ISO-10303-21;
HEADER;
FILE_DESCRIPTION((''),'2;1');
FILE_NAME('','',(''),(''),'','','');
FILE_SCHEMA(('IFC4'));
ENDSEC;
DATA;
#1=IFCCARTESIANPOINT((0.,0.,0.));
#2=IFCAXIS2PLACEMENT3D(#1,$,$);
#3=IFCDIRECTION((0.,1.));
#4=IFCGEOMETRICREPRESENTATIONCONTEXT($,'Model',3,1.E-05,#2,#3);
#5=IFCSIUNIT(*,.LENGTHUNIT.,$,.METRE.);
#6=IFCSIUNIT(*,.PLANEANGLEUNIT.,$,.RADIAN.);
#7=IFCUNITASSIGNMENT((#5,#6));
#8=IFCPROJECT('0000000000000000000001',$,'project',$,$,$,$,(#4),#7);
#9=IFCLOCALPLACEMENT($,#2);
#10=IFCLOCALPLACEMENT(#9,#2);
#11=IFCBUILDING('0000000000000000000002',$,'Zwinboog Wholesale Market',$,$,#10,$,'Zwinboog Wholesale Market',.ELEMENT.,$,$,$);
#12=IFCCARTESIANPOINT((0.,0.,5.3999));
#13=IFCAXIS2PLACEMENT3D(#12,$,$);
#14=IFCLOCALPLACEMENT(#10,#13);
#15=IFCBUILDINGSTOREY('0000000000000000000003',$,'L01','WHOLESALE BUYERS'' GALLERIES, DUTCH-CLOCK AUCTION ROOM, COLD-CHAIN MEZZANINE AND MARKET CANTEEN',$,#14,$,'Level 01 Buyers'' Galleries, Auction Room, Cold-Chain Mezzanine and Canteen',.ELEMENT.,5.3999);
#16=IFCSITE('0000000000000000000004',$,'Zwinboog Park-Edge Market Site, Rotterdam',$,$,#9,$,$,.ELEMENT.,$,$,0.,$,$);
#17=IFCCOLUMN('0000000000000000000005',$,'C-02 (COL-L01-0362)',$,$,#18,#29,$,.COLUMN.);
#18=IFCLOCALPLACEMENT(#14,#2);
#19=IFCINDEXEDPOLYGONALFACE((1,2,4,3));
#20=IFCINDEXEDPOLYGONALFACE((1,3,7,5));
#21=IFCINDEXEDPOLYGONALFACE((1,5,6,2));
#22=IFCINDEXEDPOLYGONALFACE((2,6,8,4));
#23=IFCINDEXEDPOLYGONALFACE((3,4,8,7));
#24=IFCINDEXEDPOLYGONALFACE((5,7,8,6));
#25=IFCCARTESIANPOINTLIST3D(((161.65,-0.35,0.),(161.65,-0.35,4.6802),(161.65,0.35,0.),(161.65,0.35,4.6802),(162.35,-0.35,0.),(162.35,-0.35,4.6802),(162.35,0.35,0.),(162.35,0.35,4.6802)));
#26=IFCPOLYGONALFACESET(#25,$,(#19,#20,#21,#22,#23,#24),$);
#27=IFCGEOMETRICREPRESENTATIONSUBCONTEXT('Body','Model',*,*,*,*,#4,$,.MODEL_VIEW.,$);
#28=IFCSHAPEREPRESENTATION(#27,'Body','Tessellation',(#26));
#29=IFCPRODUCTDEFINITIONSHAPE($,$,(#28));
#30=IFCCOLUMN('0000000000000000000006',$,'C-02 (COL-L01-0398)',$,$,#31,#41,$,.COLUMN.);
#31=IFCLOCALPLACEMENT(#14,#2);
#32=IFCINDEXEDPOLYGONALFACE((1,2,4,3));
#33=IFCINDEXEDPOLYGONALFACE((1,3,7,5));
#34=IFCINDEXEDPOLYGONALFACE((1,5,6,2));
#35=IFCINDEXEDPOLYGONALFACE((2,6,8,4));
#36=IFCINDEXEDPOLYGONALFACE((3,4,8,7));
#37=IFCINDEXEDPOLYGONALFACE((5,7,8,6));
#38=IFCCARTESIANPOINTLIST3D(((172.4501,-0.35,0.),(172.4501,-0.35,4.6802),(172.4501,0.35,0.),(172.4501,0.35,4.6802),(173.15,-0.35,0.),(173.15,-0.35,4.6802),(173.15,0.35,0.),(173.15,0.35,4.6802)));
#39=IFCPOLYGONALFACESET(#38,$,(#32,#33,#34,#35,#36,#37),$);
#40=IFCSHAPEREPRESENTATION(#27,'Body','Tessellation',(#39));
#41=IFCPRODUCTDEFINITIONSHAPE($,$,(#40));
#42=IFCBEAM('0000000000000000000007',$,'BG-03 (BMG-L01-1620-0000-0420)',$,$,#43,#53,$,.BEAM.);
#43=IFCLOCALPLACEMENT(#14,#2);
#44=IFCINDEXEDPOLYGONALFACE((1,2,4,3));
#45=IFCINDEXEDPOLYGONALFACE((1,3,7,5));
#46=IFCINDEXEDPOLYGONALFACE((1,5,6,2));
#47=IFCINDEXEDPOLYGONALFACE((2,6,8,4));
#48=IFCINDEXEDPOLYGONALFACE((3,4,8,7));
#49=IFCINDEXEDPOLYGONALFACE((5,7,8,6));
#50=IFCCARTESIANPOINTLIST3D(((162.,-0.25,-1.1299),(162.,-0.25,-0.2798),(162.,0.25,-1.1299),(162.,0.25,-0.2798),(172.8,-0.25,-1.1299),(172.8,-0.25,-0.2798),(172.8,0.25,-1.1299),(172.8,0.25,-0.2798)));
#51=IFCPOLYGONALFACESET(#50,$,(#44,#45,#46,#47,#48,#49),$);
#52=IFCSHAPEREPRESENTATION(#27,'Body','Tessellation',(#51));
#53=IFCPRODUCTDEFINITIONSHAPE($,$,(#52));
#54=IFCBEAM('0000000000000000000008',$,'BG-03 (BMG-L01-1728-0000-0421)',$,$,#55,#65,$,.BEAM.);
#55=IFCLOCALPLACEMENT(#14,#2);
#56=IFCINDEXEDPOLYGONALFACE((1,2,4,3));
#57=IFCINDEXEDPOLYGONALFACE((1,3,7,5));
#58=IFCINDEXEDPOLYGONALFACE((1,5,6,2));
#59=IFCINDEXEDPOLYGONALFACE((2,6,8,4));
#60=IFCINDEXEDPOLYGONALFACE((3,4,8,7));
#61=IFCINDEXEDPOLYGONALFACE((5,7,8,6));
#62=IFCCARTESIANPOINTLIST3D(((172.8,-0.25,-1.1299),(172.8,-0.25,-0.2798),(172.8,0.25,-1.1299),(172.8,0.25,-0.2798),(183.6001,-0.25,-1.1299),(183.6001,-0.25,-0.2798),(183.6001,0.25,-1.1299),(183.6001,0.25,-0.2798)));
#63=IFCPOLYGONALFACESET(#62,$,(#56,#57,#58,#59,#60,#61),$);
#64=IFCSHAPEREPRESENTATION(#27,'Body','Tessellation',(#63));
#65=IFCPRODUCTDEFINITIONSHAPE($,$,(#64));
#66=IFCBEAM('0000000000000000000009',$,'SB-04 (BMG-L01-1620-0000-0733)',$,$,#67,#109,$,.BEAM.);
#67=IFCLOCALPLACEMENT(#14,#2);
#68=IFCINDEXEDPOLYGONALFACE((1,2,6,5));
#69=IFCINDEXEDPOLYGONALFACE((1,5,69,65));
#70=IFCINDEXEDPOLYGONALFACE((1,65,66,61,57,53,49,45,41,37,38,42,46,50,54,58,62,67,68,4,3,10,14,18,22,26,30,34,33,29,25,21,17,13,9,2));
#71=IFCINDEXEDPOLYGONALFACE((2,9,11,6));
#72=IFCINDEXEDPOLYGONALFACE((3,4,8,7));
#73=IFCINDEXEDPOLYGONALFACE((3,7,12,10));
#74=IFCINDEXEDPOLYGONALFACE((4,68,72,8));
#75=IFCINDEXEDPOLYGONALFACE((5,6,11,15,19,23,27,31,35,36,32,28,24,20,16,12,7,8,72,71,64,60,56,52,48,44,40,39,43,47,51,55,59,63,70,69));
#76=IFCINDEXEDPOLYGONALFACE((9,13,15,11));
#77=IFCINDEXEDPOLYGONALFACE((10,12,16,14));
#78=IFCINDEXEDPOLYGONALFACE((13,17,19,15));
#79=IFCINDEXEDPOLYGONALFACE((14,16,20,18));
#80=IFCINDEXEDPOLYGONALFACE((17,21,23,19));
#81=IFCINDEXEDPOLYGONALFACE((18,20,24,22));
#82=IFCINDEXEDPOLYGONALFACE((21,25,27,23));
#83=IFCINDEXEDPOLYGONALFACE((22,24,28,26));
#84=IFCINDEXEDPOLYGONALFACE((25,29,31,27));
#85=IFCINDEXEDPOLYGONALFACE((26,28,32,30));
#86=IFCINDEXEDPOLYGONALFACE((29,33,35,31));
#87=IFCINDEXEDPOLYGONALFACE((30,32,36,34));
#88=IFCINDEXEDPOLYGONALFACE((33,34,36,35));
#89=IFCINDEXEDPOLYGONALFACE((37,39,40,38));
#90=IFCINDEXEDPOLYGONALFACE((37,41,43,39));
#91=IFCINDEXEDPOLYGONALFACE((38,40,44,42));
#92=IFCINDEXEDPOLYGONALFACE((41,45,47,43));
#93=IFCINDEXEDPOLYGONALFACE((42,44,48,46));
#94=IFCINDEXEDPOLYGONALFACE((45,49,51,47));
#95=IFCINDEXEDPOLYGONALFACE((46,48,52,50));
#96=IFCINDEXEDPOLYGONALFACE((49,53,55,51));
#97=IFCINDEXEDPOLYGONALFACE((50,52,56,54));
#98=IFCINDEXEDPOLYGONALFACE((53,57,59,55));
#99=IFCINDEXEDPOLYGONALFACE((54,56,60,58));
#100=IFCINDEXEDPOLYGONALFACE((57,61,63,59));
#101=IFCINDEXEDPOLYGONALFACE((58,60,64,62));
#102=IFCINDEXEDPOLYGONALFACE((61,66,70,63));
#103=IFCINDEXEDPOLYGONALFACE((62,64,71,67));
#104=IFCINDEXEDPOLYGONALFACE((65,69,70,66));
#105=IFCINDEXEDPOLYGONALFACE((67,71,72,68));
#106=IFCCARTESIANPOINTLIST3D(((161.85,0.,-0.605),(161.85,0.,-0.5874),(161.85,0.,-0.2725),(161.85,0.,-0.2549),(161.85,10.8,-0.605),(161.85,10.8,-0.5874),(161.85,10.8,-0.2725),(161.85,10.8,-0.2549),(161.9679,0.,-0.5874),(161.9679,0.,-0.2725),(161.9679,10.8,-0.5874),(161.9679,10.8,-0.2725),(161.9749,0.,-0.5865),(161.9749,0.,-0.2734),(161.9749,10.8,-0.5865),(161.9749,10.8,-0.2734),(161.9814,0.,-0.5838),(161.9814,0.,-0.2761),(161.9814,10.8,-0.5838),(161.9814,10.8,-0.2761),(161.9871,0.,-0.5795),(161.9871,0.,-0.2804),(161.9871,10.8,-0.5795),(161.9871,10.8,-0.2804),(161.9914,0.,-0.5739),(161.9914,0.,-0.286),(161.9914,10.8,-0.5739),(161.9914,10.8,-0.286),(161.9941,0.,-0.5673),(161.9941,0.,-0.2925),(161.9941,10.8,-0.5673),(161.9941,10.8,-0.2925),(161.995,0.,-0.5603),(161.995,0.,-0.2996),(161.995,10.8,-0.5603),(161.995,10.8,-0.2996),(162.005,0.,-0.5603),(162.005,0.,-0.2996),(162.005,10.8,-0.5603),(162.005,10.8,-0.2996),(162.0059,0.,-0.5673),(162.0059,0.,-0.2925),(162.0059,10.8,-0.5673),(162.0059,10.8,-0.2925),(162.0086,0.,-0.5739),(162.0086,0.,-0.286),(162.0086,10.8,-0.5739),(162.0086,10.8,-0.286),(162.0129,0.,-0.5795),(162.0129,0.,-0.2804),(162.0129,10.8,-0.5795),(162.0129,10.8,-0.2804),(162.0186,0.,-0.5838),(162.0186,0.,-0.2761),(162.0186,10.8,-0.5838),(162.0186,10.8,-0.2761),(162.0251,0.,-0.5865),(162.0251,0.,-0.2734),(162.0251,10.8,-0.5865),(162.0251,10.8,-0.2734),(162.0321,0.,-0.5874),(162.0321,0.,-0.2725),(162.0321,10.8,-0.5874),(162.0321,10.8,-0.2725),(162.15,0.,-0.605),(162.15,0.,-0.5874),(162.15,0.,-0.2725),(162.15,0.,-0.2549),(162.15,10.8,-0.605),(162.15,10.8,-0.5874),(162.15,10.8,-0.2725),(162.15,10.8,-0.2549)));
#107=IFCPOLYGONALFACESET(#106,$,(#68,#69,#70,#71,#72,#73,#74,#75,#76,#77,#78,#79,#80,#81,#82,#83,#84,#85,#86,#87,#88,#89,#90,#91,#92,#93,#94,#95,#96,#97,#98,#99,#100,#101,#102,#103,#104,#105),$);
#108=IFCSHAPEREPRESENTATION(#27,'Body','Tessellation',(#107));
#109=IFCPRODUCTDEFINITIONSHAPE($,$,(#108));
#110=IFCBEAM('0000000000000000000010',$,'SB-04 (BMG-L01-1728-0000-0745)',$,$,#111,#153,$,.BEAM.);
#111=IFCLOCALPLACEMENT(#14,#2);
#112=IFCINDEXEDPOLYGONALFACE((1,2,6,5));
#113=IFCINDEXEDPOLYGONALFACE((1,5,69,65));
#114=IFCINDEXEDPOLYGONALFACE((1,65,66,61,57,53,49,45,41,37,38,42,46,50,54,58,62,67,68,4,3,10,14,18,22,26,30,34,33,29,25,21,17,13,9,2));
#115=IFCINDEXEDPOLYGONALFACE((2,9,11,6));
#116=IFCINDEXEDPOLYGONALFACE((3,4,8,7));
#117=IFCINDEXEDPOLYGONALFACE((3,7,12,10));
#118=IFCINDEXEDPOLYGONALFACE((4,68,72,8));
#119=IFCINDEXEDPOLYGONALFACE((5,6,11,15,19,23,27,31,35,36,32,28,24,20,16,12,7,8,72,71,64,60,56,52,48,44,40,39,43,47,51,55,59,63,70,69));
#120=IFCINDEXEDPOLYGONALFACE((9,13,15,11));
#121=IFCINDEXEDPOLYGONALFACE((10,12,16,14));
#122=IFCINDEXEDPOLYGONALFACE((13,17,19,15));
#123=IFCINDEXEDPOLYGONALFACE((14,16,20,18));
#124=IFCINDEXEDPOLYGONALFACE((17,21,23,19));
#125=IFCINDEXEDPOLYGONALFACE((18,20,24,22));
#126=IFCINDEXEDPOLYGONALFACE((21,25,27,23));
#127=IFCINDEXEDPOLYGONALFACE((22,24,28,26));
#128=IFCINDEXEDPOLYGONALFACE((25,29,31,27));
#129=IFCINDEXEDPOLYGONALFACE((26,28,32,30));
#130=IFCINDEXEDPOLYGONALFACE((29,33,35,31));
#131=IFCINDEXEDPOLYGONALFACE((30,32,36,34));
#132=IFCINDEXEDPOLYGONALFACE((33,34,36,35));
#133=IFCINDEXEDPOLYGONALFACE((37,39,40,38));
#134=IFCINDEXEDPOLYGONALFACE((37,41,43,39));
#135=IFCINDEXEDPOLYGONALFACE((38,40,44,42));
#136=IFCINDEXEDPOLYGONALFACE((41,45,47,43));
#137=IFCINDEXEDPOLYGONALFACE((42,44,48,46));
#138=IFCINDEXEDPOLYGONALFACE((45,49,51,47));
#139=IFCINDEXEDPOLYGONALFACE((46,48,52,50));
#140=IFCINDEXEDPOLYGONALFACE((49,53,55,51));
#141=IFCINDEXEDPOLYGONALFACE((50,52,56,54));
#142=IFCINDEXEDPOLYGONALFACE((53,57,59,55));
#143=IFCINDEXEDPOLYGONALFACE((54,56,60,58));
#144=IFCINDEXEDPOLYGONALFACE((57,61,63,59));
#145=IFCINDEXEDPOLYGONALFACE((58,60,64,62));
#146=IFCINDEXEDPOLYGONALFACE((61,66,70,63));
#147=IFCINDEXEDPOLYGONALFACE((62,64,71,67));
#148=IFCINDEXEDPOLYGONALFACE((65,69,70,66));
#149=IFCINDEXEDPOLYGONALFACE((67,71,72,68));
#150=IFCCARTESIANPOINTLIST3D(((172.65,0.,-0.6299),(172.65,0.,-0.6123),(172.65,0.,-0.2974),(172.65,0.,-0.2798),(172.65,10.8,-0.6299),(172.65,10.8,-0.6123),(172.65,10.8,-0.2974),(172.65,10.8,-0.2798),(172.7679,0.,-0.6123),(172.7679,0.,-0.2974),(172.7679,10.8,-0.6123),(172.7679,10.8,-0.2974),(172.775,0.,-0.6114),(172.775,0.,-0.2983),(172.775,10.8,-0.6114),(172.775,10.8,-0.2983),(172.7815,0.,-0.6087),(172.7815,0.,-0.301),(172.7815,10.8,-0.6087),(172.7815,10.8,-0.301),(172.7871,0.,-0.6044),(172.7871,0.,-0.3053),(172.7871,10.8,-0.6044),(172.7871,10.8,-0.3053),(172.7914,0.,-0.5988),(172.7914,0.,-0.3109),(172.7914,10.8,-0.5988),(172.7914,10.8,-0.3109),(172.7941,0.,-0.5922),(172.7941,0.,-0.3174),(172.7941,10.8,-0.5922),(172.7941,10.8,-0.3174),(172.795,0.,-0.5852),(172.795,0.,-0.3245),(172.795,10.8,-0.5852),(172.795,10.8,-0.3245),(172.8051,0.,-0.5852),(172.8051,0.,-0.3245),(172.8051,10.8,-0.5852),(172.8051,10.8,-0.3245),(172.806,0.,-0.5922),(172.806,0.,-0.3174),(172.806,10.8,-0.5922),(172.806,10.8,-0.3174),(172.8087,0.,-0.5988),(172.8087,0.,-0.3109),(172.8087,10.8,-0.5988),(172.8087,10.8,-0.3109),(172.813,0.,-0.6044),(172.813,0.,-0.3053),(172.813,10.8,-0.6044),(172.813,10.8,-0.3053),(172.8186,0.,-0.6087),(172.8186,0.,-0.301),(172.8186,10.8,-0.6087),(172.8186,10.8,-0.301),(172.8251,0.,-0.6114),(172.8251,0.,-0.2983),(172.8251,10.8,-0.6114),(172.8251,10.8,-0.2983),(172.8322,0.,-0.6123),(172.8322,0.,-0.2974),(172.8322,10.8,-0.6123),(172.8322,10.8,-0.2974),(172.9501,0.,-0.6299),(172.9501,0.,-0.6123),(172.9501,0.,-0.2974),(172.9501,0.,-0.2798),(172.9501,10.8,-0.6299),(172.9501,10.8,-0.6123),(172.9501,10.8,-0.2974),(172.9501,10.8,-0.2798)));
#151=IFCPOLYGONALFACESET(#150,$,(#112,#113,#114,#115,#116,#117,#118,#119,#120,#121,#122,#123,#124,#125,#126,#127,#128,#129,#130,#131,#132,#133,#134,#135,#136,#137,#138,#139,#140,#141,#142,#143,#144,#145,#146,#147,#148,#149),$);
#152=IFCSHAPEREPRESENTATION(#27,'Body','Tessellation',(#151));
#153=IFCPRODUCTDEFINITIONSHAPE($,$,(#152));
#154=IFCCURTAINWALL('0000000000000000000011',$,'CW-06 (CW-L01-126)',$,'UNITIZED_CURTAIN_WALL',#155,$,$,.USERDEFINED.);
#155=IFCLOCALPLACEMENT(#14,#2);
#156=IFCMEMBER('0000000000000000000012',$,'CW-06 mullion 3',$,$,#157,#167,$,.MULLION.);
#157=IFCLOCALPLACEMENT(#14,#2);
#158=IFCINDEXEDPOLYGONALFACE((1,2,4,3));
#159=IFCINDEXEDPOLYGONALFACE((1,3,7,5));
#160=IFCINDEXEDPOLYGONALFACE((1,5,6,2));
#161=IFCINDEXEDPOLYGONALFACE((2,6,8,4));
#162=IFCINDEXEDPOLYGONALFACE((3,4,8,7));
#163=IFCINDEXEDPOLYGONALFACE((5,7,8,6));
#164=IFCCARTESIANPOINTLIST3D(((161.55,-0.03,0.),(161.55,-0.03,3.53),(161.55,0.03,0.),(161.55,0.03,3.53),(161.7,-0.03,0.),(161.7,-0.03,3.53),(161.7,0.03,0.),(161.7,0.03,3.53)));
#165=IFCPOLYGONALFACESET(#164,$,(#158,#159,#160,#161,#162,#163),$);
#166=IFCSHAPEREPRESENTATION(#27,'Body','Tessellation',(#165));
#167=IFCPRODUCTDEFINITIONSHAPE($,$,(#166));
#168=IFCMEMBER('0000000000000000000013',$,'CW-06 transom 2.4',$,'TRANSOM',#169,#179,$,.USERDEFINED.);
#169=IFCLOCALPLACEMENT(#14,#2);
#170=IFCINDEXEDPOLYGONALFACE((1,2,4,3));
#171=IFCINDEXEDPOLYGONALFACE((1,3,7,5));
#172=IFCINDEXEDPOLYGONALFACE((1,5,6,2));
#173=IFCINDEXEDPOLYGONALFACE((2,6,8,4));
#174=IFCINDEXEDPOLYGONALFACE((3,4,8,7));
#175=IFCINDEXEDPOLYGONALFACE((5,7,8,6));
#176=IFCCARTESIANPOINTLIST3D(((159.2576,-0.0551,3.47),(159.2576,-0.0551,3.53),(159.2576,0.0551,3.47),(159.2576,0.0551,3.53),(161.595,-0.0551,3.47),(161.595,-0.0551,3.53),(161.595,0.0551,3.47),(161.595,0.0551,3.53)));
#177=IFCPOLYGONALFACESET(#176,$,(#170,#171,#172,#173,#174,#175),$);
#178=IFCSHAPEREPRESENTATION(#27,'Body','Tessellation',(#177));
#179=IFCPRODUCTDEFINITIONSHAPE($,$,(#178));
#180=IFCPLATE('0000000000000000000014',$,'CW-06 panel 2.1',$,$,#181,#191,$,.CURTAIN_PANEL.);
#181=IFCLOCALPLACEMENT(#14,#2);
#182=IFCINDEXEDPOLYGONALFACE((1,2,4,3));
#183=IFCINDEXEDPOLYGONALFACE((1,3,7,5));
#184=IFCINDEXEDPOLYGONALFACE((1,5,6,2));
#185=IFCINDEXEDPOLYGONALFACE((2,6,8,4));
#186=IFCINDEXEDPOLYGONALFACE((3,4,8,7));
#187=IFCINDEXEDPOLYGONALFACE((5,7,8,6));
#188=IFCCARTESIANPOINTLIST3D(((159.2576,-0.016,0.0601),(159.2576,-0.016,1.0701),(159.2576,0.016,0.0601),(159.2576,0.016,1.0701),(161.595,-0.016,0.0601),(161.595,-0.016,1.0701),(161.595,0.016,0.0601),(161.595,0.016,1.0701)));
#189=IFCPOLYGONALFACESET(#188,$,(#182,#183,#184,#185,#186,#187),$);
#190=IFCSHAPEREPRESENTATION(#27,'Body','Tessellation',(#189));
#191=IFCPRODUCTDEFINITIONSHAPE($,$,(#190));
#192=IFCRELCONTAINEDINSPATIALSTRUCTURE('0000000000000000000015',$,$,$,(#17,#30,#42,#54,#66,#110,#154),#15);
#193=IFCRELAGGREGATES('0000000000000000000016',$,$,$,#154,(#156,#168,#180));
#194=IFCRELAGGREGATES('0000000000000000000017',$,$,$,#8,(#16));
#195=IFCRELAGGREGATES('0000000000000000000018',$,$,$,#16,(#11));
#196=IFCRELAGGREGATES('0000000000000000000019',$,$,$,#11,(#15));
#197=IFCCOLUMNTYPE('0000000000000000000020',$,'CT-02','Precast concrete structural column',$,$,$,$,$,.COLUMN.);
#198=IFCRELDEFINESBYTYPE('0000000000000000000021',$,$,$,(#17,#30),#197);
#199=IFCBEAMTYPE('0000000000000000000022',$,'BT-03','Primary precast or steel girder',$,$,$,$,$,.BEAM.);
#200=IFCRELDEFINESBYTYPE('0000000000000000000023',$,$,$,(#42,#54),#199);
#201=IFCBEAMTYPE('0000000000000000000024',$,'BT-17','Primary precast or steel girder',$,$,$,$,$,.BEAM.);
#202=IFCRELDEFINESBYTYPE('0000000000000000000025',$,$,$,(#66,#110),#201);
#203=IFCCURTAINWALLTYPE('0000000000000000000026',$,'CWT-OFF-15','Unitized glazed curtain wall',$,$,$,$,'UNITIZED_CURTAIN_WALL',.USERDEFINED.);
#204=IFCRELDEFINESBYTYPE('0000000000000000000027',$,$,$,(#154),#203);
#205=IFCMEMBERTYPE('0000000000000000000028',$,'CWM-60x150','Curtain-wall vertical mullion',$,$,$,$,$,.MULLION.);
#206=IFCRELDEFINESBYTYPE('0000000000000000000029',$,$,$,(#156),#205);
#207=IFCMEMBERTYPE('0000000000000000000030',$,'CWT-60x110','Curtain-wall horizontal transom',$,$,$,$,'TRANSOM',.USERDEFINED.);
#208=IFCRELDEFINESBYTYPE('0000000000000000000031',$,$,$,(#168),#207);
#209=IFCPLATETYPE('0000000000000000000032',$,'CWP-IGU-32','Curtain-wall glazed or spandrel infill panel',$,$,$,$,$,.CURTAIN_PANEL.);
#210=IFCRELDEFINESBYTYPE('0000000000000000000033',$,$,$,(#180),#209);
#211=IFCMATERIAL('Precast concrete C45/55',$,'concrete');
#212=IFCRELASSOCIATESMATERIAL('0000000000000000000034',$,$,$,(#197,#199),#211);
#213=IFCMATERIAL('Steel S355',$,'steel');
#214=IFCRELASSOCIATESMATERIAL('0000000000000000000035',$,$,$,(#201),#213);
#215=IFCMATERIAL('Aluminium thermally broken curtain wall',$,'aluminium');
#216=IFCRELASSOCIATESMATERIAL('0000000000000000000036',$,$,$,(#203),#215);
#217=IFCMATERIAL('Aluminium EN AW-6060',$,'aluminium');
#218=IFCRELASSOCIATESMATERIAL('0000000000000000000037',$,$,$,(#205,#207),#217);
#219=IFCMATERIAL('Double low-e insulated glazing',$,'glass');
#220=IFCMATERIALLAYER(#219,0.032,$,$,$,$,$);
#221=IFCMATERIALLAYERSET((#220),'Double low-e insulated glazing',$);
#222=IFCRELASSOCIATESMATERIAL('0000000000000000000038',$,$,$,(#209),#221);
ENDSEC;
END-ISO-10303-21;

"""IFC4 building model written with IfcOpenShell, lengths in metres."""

from ifc_helpers import new_model, si_unit, direction, frame, origin, origin_2d, place, context, subcontext, project, spatial, rectangle, i_section, extrude, material, layer, layer_set, material_profile, profile_set, type_object, element, aggregate, save


model = new_model("IFC4")

# Units and contexts
model_context = context("Model", 3, precision=1e-05, world=origin(), true_north=direction((0.0, 1.0)))
body_context = subcontext(model_context, "Body", "Model", "MODEL_VIEW")
ifc_project = project(units=[si_unit("LENGTHUNIT", "METRE"), si_unit("PLANEANGLEUNIT", "RADIAN")], contexts=[model_context])

# Site, building, storey
site_placement = place(None, origin())
site = spatial("IfcSite", under=ifc_project, at=site_placement, Name="Zwinboog Park-Edge Market Site, Rotterdam", CompositionType="ELEMENT", RefElevation=0.0)
building_placement = place(site_placement, origin())
building = spatial("IfcBuilding", under=site, at=building_placement, Name="Zwinboog Wholesale Market", LongName="Zwinboog Wholesale Market", CompositionType="ELEMENT")
storey_placement = place(building_placement, frame((0.0, 0.0, 5.3999)))
storey = spatial("IfcBuildingStorey", under=building, at=storey_placement, Name="L01", Description="WHOLESALE BUYERS' GALLERIES, DUTCH-CLOCK AUCTION ROOM, COLD-CHAIN MEZZANINE AND MARKET CANTEEN", LongName="Level 01 Buyers' Galleries, Auction Room, Cold-Chain Mezzanine and Canteen", CompositionType="ELEMENT", Elevation=5.3999)

# Columns
ifc_material_1 = material(Name="Precast concrete C45/55", Category="concrete")
ifc_material_profile_1 = material_profile(ifc_material_1, rectangle(XDim=0.7, YDim=0.7, at=origin_2d()), Name="PC 700x700")
ifc_profile_set_1 = profile_set([ifc_material_profile_1], Name="Precast concrete C45/55")
column_type = type_object("IfcColumnType", Name="CT-02", Description="Precast concrete structural column", PredefinedType="COLUMN", material=ifc_profile_set_1)
for number, where, z_axis, x_axis, name in (
    (1, (162.0, 0.0, 0.0), (0.0, 0.0, 1.0), (1.0, 0.0, 0.0), "C-02 (COL-L01-0362)"),
    (2, (172.8, 0.0, 0.0), (0.0, 0.0, 1.0), (1.0, 0.0, 0.0), "C-02 (COL-L01-0398)"),
):
    element("IfcColumn", number, at=place(storey_placement, frame(where, z_axis=z_axis, x_axis=x_axis)), inside=storey, type_object=column_type, Name=name, PredefinedType="COLUMN", context=body_context, shape_type="SweptSolid", body=[
        extrude(rectangle(XDim=0.7, YDim=0.7, at=origin_2d()), origin(), (0.0, 0.0, 1.0), 4.6802),
    ])

# Beams
ifc_material_profile_2 = material_profile(ifc_material_1, rectangle(XDim=0.5, YDim=0.8501, at=origin_2d()), Name="PC 500x850")
ifc_profile_set_2 = profile_set([ifc_material_profile_2], Name="Precast concrete C45/55")
beam_type_1 = type_object("IfcBeamType", Name="BT-03", Description="Primary precast or steel girder", PredefinedType="BEAM", material=ifc_profile_set_2)
for number, where, z_axis, x_axis, name in (
    (3, (162.0, 0.0, -0.7048), (1.0, 0.0, 0.0), (0.0, 1.0, 0.0), "BG-03 (BMG-L01-1620-0000-0420)"),
    (4, (172.8, 0.0, -0.7048), (1.0, 0.0, 0.0), (0.0, 1.0, 0.0), "BG-03 (BMG-L01-1728-0000-0421)"),
):
    element("IfcBeam", number, at=place(storey_placement, frame(where, z_axis=z_axis, x_axis=x_axis)), inside=storey, type_object=beam_type_1, Name=name, PredefinedType="BEAM", context=body_context, shape_type="SweptSolid", body=[
        extrude(rectangle(XDim=0.5, YDim=0.8501, at=origin_2d()), origin(), (0.0, 0.0, 1.0), 10.8),
    ])
ifc_material_2 = material(Name="Steel S355", Category="steel")
ifc_material_profile_3 = material_profile(ifc_material_2, i_section(OverallWidth=0.3, OverallDepth=0.3501, WebThickness=0.01, FlangeThickness=0.0176, FilletRadius=0.0271, at=origin_2d()), Name="HEA 360")
ifc_profile_set_3 = profile_set([ifc_material_profile_3], Name="Steel S355")
beam_type_2 = type_object("IfcBeamType", Name="BT-17", Description="Primary precast or steel girder", PredefinedType="BEAM", material=ifc_profile_set_3)
for number, where, z_axis, x_axis, name in (
    (5, (162.0, 0.0, -0.4299), (0.0, 1.0, 0.0), (-1.0, 0.0, 0.0), "SB-04 (BMG-L01-1620-0000-0733)"),
    (6, (172.8, 0.0, -0.4548), (0.0, 1.0, 0.0), (-1.0, 0.0, 0.0), "SB-04 (BMG-L01-1728-0000-0745)"),
):
    element("IfcBeam", number, at=place(storey_placement, frame(where, z_axis=z_axis, x_axis=x_axis)), inside=storey, type_object=beam_type_2, Name=name, PredefinedType="BEAM", context=body_context, shape_type="SweptSolid", body=[
        extrude(i_section(OverallWidth=0.3, OverallDepth=0.3501, WebThickness=0.01, FlangeThickness=0.0176, FilletRadius=0.0271, at=origin_2d()), origin(), (0.0, 0.0, 1.0), 10.8),
    ])

# Curtain wall, members, plate
ifc_material_3 = material(Name="Aluminium thermally broken curtain wall", Category="aluminium")
curtain_wall_type = type_object("IfcCurtainWallType", Name="CWT-OFF-15", Description="Unitized glazed curtain wall", ElementType="UNITIZED_CURTAIN_WALL", PredefinedType="USERDEFINED", material=ifc_material_3)
curtain_wall_placement = place(storey_placement, origin())
curtain_wall = element("IfcCurtainWall", 7, at=curtain_wall_placement, inside=storey, type_object=curtain_wall_type, Name="CW-06 (CW-L01-126)", ObjectType="UNITIZED_CURTAIN_WALL", PredefinedType="USERDEFINED")
ifc_material_4 = material(Name="Aluminium EN AW-6060", Category="aluminium")
ifc_material_profile_4 = material_profile(ifc_material_4, rectangle(XDim=0.0601, YDim=0.1499, at=origin_2d()), Name="AL 60x150")
ifc_profile_set_4 = profile_set([ifc_material_profile_4], Name="Aluminium EN AW-6060")
member_type_1 = type_object("IfcMemberType", Name="CWM-60x150", Description="Curtain-wall vertical mullion", PredefinedType="MULLION", material=ifc_profile_set_4)
member_1_placement = place(storey_placement, frame((161.625, 0.0, 0.0), z_axis=(0.0, 0.0, 1.0), x_axis=(0.0, 1.0, 0.0)))
member_1 = element("IfcMember", 8, at=member_1_placement, type_object=member_type_1, Name="CW-06 mullion 3", PredefinedType="MULLION", context=body_context, shape_type="SweptSolid", body=[
    extrude(rectangle(XDim=0.0601, YDim=0.1499, at=origin_2d()), origin(), (0.0, 0.0, 1.0), 3.53),
])
ifc_material_profile_5 = material_profile(ifc_material_4, rectangle(XDim=0.1101, YDim=0.0601, at=origin_2d()), Name="AL 60x110")
ifc_profile_set_5 = profile_set([ifc_material_profile_5], Name="Aluminium EN AW-6060")
member_type_2 = type_object("IfcMemberType", Name="CWT-60x110", Description="Curtain-wall horizontal transom", ElementType="TRANSOM", PredefinedType="USERDEFINED", material=ifc_profile_set_5)
member_2_placement = place(storey_placement, frame((159.2576, 0.0, 3.5), z_axis=(1.0, 0.0, 0.0), x_axis=(0.0, 1.0, 0.0)))
member_2 = element("IfcMember", 9, at=member_2_placement, type_object=member_type_2, Name="CW-06 transom 2.4", ObjectType="TRANSOM", PredefinedType="USERDEFINED", context=body_context, shape_type="SweptSolid", body=[
    extrude(rectangle(XDim=0.1101, YDim=0.0601, at=origin_2d()), origin(), (0.0, 0.0, 1.0), 2.3374),
])
ifc_material_5 = material(Name="Double low-e insulated glazing", Category="glass")
ifc_layer_1 = layer(ifc_material_5, 0.032)
ifc_layer_set_1 = layer_set([ifc_layer_1], Name="Double low-e insulated glazing")
plate_type = type_object("IfcPlateType", Name="CWP-IGU-32", Description="Curtain-wall glazed or spandrel infill panel", PredefinedType="CURTAIN_PANEL", material=ifc_layer_set_1)
plate_1_placement = place(storey_placement, frame((160.4263, 0.0, 0.0601), z_axis=(0.0, 0.0, 1.0), x_axis=(1.0, 0.0, 0.0)))
plate_1 = element("IfcPlate", 10, at=plate_1_placement, type_object=plate_type, Name="CW-06 panel 2.1", PredefinedType="CURTAIN_PANEL", context=body_context, shape_type="SweptSolid", body=[
    extrude(rectangle(XDim=2.3374, YDim=0.032, at=origin_2d()), origin(), (0.0, 0.0, 1.0), 1.01),
])
aggregate(curtain_wall, [member_1, member_2, plate_1])

save(model, "model.ifc")
